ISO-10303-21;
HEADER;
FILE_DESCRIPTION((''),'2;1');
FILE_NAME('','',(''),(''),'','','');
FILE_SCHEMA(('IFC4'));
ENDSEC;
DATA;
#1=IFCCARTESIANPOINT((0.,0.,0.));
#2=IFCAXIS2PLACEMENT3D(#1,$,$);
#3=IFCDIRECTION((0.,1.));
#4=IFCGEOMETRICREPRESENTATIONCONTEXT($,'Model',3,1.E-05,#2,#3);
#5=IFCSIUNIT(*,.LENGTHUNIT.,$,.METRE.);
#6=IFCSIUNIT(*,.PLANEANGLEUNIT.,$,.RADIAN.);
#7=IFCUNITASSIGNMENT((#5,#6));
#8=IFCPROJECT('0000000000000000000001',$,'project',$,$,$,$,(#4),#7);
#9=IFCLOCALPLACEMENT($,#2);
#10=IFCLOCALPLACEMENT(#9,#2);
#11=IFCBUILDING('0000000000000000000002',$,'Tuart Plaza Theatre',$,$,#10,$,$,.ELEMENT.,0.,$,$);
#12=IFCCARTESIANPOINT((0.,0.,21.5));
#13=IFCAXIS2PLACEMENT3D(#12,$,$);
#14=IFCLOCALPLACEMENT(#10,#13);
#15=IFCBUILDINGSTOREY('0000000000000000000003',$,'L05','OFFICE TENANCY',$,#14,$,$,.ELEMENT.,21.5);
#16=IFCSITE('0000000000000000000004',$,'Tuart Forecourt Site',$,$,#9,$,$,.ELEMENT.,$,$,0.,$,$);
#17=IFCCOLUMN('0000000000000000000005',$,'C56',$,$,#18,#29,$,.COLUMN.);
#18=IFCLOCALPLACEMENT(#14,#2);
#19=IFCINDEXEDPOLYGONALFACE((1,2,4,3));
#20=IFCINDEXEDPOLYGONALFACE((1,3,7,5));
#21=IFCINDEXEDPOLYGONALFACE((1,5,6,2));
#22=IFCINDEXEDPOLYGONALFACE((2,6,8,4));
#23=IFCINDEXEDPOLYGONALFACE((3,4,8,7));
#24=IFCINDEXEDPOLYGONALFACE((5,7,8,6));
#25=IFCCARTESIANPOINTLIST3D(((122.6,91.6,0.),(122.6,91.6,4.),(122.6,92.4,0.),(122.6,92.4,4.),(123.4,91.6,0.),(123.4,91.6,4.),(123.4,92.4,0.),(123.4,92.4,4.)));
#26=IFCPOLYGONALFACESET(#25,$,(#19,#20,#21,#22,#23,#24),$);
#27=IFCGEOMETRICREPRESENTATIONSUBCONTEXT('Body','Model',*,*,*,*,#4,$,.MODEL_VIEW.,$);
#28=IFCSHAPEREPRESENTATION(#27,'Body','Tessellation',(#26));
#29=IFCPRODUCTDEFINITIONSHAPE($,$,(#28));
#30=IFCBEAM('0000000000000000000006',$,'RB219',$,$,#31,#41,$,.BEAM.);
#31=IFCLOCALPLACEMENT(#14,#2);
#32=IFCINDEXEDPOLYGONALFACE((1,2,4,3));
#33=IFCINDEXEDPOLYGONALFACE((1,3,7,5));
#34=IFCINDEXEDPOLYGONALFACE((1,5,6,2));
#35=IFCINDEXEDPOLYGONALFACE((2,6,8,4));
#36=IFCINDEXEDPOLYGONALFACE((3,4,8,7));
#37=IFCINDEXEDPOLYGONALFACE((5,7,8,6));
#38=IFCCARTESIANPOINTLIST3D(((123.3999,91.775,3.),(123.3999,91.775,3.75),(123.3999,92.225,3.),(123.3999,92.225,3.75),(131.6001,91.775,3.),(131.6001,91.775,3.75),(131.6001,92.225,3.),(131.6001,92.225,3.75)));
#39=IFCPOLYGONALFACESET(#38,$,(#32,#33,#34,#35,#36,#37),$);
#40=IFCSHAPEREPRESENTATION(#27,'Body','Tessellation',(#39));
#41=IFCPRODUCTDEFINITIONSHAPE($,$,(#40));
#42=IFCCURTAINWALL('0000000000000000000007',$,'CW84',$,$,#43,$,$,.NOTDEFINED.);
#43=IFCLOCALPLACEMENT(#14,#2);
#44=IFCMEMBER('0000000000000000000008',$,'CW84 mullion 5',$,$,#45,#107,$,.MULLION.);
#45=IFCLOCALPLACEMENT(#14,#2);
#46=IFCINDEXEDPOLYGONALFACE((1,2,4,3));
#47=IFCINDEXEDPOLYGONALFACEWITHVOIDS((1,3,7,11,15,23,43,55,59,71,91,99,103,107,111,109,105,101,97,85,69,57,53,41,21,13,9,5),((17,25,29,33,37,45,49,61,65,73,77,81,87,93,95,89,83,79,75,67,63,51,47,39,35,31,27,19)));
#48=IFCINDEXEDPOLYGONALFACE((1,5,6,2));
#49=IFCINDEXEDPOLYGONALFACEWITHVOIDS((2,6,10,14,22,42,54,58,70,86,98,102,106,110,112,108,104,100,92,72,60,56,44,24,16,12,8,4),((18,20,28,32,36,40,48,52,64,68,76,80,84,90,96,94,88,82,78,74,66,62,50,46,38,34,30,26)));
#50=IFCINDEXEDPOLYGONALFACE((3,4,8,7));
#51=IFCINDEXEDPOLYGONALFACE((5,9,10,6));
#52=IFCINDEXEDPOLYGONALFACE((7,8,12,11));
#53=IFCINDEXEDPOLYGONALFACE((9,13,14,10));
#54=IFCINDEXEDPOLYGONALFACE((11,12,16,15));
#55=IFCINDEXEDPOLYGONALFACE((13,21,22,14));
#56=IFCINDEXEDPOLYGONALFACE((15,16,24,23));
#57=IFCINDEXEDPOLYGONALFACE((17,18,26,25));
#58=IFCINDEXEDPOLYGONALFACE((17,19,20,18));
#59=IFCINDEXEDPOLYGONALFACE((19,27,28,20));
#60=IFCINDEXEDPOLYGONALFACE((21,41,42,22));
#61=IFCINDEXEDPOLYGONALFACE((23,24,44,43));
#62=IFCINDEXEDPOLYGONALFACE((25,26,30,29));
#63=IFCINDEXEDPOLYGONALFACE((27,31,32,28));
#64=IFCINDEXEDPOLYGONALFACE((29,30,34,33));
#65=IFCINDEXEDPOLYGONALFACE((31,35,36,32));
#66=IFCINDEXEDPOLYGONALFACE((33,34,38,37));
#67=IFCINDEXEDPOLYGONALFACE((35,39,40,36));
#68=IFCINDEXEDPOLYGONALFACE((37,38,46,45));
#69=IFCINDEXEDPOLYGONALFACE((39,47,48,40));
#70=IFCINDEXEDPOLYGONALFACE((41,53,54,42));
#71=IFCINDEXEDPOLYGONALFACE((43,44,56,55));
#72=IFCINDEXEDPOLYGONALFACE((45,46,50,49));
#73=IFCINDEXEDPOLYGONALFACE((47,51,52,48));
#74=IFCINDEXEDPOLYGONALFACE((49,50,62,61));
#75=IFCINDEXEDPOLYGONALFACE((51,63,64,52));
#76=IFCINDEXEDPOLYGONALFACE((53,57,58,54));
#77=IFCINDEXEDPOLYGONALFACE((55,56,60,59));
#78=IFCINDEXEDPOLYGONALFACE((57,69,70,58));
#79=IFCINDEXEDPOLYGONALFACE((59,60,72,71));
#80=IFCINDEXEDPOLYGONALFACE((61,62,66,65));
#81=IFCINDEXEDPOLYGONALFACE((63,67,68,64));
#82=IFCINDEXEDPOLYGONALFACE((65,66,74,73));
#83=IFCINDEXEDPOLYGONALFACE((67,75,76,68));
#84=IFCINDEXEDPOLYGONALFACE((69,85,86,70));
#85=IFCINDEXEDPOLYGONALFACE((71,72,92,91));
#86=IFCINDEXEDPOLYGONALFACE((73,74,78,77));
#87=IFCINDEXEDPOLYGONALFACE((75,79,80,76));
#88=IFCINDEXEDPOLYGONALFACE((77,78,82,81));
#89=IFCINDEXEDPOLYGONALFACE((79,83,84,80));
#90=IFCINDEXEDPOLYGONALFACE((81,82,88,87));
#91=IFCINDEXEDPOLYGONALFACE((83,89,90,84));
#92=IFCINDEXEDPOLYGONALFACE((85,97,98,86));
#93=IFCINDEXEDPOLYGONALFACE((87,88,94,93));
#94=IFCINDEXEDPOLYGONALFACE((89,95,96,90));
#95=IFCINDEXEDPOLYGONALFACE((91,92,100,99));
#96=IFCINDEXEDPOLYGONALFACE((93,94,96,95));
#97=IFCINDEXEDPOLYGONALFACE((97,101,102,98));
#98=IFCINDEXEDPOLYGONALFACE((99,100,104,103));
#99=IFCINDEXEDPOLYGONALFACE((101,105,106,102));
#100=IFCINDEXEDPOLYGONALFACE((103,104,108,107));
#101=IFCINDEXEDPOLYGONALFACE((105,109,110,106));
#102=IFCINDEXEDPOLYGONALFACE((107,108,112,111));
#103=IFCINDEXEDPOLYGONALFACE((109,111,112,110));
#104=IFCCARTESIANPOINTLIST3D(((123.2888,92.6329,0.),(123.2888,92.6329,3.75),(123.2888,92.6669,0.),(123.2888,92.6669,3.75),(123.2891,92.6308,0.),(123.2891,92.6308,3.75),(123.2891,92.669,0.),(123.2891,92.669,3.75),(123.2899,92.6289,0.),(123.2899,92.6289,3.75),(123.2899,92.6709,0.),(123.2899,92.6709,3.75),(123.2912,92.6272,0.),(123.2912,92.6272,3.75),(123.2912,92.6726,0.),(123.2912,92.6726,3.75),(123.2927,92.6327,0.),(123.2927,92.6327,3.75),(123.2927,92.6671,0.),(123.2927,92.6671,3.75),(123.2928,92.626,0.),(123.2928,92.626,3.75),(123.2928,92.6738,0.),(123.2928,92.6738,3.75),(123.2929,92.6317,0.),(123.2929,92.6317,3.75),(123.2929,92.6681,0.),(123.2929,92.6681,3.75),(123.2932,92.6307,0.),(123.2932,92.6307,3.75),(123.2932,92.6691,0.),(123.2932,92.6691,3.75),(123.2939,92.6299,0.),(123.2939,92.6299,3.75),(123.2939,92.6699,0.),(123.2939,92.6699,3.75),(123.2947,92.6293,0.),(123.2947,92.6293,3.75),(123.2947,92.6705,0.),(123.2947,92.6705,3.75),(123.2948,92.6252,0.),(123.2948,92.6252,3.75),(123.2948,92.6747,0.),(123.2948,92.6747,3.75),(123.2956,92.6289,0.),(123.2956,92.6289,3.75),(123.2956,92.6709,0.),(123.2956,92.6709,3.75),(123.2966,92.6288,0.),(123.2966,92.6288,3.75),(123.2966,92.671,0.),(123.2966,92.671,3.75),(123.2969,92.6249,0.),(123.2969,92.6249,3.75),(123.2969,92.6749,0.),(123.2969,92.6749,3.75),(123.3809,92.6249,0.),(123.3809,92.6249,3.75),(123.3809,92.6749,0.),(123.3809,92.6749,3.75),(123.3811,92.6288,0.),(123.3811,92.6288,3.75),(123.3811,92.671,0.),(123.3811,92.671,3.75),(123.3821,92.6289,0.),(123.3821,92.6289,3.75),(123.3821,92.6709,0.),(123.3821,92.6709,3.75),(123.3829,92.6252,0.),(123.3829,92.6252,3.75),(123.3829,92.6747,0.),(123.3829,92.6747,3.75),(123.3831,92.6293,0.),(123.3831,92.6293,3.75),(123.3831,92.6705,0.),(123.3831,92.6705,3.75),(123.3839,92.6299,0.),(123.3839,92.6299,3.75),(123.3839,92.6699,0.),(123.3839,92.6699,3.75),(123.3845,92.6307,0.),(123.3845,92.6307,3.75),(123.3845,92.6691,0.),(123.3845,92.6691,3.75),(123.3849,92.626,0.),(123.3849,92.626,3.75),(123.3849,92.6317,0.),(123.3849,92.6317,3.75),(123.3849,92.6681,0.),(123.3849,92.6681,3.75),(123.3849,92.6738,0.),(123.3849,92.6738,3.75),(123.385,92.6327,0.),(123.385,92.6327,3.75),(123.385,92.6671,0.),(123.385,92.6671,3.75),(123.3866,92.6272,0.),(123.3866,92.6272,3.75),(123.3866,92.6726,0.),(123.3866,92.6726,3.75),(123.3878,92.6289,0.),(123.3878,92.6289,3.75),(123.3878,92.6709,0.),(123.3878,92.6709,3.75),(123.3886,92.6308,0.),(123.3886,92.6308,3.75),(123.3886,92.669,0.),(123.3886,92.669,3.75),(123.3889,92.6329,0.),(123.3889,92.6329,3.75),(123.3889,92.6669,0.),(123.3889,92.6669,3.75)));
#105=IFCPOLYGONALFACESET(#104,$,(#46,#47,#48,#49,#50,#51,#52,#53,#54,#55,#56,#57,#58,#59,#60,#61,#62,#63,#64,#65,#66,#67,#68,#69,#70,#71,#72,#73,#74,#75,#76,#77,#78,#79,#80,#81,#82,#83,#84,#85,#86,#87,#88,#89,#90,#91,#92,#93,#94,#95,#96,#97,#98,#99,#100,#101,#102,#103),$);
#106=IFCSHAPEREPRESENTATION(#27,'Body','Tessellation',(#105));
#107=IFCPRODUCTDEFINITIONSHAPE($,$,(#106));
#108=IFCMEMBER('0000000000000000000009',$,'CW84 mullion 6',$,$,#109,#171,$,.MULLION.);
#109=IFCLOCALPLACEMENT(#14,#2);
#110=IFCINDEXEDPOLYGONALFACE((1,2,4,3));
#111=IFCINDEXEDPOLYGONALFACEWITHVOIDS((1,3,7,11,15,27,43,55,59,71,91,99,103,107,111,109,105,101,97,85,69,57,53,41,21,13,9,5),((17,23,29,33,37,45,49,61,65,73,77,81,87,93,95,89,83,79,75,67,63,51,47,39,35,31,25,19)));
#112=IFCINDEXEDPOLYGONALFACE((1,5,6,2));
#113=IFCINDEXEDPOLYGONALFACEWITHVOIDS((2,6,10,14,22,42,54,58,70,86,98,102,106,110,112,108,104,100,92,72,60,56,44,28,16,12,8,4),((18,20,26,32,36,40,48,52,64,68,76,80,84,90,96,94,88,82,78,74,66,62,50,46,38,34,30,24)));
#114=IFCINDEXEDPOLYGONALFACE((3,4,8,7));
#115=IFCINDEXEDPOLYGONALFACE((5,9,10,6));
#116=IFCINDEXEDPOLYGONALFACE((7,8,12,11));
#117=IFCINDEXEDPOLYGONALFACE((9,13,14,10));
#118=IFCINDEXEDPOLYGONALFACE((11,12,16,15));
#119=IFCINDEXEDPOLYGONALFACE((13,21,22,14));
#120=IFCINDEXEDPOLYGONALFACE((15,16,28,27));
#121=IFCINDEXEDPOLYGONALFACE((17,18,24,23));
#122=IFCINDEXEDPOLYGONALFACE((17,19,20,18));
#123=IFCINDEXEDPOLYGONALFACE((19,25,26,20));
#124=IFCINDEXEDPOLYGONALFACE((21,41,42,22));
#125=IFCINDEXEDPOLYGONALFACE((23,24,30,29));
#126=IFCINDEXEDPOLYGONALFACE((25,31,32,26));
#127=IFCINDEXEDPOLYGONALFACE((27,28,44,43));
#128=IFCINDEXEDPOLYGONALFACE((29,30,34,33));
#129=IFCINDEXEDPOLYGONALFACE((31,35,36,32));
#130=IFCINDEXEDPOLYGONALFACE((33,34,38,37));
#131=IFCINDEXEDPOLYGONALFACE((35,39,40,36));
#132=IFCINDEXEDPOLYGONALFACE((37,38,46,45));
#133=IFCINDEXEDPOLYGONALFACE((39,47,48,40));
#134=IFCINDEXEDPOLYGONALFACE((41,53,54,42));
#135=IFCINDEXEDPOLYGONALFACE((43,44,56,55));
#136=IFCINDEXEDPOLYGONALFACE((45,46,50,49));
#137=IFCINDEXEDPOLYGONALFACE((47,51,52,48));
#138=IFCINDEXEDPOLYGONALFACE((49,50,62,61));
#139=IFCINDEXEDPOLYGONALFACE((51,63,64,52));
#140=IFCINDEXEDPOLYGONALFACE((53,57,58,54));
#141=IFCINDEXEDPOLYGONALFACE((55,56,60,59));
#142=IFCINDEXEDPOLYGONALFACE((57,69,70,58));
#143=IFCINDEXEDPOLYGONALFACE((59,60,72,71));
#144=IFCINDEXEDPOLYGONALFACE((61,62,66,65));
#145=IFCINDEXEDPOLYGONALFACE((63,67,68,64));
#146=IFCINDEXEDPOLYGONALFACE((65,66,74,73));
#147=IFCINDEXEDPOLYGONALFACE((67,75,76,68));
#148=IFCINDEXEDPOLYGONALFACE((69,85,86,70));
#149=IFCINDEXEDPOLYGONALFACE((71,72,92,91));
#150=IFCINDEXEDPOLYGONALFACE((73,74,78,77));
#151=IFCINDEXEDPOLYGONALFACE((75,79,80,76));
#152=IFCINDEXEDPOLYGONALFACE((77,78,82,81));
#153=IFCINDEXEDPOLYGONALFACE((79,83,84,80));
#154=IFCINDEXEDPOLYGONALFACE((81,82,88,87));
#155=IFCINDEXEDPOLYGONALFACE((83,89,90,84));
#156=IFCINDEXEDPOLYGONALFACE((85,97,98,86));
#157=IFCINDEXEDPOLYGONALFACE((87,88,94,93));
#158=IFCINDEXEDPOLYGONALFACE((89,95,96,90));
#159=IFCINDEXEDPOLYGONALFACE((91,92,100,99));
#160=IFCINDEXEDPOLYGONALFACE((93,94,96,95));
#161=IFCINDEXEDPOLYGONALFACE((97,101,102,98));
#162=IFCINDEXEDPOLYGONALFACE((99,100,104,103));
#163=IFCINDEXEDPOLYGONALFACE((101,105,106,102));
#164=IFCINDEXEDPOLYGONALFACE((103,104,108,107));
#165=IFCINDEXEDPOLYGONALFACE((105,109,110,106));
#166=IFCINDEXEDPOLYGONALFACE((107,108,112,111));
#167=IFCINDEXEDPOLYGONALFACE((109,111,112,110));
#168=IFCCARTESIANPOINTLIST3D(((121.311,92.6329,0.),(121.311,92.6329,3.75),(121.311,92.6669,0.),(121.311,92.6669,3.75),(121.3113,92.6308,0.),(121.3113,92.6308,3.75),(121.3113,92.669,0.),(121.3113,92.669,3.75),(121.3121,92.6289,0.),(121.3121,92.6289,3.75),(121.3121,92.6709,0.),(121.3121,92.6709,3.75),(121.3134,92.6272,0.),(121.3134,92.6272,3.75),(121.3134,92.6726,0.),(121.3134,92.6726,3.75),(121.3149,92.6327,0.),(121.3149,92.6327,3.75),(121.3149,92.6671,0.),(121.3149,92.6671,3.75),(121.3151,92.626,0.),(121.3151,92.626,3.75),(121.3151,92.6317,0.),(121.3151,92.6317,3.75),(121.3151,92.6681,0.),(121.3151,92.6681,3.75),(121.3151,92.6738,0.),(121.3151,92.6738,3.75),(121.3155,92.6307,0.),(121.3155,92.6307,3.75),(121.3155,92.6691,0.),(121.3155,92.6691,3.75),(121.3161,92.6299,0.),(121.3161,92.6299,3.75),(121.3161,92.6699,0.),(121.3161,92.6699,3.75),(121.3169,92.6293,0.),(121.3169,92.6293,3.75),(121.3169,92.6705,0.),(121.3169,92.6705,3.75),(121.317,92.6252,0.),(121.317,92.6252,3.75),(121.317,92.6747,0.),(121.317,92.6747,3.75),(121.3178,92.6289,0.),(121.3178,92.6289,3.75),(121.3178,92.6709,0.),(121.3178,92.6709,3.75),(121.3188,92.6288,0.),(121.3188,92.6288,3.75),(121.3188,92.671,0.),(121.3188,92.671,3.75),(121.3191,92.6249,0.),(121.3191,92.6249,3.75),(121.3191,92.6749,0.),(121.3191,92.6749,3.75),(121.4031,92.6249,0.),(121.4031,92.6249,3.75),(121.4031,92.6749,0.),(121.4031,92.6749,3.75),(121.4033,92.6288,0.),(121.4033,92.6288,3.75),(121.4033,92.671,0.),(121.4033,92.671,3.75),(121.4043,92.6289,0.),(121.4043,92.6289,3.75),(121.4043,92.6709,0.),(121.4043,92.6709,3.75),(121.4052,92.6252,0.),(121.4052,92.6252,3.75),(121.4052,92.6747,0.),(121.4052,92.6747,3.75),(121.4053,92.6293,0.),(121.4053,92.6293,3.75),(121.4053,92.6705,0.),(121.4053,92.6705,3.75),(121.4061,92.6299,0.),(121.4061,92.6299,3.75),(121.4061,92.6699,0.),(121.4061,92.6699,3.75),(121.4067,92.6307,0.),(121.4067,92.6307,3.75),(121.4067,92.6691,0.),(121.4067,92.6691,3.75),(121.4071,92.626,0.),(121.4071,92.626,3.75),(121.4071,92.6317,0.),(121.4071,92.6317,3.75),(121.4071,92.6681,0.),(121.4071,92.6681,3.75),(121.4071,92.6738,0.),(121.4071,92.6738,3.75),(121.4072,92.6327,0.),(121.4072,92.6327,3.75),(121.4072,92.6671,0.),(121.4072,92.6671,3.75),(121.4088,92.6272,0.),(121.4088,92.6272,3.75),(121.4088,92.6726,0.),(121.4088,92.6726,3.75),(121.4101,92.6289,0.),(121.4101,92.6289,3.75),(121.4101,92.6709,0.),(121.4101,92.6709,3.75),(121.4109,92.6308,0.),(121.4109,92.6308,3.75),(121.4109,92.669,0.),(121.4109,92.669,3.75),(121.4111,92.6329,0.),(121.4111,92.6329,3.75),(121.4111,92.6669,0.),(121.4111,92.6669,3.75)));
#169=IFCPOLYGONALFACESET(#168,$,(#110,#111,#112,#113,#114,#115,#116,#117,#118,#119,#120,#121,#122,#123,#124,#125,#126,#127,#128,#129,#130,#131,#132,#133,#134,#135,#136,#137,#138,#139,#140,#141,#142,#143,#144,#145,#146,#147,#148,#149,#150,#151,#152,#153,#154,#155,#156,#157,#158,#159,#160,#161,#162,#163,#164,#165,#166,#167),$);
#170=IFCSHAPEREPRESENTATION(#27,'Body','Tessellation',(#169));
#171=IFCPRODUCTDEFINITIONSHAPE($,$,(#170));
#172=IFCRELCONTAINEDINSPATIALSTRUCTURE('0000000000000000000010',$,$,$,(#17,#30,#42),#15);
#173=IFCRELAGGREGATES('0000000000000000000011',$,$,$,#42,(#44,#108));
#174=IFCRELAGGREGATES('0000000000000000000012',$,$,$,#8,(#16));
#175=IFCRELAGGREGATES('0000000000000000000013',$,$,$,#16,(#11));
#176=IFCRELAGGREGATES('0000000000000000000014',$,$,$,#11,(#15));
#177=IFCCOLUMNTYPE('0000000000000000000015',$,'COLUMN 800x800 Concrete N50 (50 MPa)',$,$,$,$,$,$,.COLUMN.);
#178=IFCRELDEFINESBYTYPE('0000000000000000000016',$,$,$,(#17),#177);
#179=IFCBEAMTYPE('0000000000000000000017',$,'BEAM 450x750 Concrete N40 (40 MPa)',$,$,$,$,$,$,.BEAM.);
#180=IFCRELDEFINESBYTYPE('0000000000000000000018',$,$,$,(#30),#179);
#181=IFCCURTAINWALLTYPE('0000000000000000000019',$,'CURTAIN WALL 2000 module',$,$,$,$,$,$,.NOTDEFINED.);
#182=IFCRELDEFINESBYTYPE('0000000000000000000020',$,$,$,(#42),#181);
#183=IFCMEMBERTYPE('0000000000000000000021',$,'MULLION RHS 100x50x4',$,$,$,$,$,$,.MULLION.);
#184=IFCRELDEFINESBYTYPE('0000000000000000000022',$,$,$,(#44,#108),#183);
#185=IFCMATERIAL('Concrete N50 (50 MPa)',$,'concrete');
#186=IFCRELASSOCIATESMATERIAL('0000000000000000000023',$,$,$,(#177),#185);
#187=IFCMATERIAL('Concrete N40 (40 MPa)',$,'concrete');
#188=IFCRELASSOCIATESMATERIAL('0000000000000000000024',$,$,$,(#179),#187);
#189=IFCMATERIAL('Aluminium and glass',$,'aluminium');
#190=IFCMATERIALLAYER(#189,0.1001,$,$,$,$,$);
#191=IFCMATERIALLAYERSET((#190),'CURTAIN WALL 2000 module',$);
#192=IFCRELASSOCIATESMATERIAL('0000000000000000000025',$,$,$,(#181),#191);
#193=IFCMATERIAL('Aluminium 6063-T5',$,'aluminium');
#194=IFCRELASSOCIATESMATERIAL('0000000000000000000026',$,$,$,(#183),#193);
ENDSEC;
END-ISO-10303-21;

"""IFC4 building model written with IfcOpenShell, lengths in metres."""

from ifc_helpers import new_model, si_unit, direction, frame, origin, origin_2d, place, context, subcontext, project, spatial, rectangle, hollow_rectangle, extrude, material, layer, layer_set, material_profile, profile_set, type_object, element, aggregate, save


model = new_model("IFC4")

# Units and contexts
model_context = context("Model", 3, precision=1e-05, world=origin(), true_north=direction((0.0, 1.0)))
body_context = subcontext(model_context, "Body", "Model", "MODEL_VIEW")
ifc_project = project(units=[si_unit("LENGTHUNIT", "METRE"), si_unit("PLANEANGLEUNIT", "RADIAN")], contexts=[model_context])

# Site, building, storey
site_placement = place(None, origin())
site = spatial("IfcSite", under=ifc_project, at=site_placement, Name="Tuart Forecourt Site", CompositionType="ELEMENT", RefElevation=0.0)
building_placement = place(site_placement, origin())
building = spatial("IfcBuilding", under=site, at=building_placement, Name="Tuart Plaza Theatre", CompositionType="ELEMENT", ElevationOfRefHeight=0.0)
storey_placement = place(building_placement, frame((0.0, 0.0, 21.5)))
storey = spatial("IfcBuildingStorey", under=building, at=storey_placement, Name="L05", Description="OFFICE TENANCY", CompositionType="ELEMENT", Elevation=21.5)

# Column
ifc_material_1 = material(Name="Concrete N50 (50 MPa)", Category="concrete")
ifc_material_profile_1 = material_profile(ifc_material_1, rectangle(XDim=0.8, YDim=0.8, at=origin_2d()), Name="COLUMN 800x800 Concrete N50 (50 MPa)")
ifc_profile_set_1 = profile_set([ifc_material_profile_1], Name="Concrete N50 (50 MPa)")
column_type = type_object("IfcColumnType", Name="COLUMN 800x800 Concrete N50 (50 MPa)", PredefinedType="COLUMN", material=ifc_profile_set_1)
column_placement = place(storey_placement, frame((123.0, 92.0, 0.0), z_axis=(0.0, 0.0, 1.0), x_axis=(1.0, 0.0, 0.0)))
element("IfcColumn", 1, at=column_placement, inside=storey, type_object=column_type, Name="C56", PredefinedType="COLUMN", context=body_context, shape_type="SweptSolid", body=[
    extrude(rectangle(XDim=0.8, YDim=0.8, at=origin_2d()), origin(), (0.0, 0.0, 1.0), 4.0),
])

# Beam
ifc_material_2 = material(Name="Concrete N40 (40 MPa)", Category="concrete")
ifc_material_profile_2 = material_profile(ifc_material_2, rectangle(XDim=0.45, YDim=0.75, at=origin_2d()), Name="BEAM 450x750 Concrete N40 (40 MPa)")
ifc_profile_set_2 = profile_set([ifc_material_profile_2], Name="Concrete N40 (40 MPa)")
beam_type = type_object("IfcBeamType", Name="BEAM 450x750 Concrete N40 (40 MPa)", PredefinedType="BEAM", material=ifc_profile_set_2)
beam_placement = place(storey_placement, frame((123.3999, 92.0, 3.375), z_axis=(1.0, 0.0, 0.0), x_axis=(0.0, 1.0, 0.0)))
element("IfcBeam", 2, at=beam_placement, inside=storey, type_object=beam_type, Name="RB219", PredefinedType="BEAM", context=body_context, shape_type="SweptSolid", body=[
    extrude(rectangle(XDim=0.45, YDim=0.75, at=origin_2d()), origin(), (0.0, 0.0, 1.0), 8.2002),
])

# Curtain wall, members
ifc_material_3 = material(Name="Aluminium and glass", Category="aluminium")
ifc_layer_1 = layer(ifc_material_3, 0.1001)
ifc_layer_set_1 = layer_set([ifc_layer_1], Name="CURTAIN WALL 2000 module")
curtain_wall_type = type_object("IfcCurtainWallType", Name="CURTAIN WALL 2000 module", PredefinedType="NOTDEFINED", material=ifc_layer_set_1)
curtain_wall_placement = place(storey_placement, origin())
curtain_wall = element("IfcCurtainWall", 3, at=curtain_wall_placement, inside=storey, type_object=curtain_wall_type, Name="CW84", PredefinedType="NOTDEFINED")
ifc_material_4 = material(Name="Aluminium 6063-T5", Category="aluminium")
ifc_material_profile_3 = material_profile(ifc_material_4, hollow_rectangle(XDim=0.05, YDim=0.1001, WallThickness=0.0039, InnerFilletRadius=0.0039, OuterFilletRadius=0.0081, at=origin_2d()), Name="RHS 100x50x4")
ifc_profile_set_3 = profile_set([ifc_material_profile_3], Name="Aluminium 6063-T5")
member_type_1 = type_object("IfcMemberType", Name="MULLION RHS 100x50x4", PredefinedType="MULLION", material=ifc_profile_set_3)
member_1_placement = place(storey_placement, frame((123.3389, 92.6499, 0.0), z_axis=(0.0, 0.0, 1.0), x_axis=(0.0, -1.0, 0.0)))
member_1 = element("IfcMember", 4, at=member_1_placement, type_object=member_type_1, Name="CW84 mullion 5", PredefinedType="MULLION", context=body_context, shape_type="SweptSolid", body=[
    extrude(hollow_rectangle(XDim=0.05, YDim=0.1001, WallThickness=0.0039, InnerFilletRadius=0.0039, OuterFilletRadius=0.0081, at=origin_2d()), origin(), (0.0, 0.0, 1.0), 3.75),
])
member_2_placement = place(storey_placement, frame((121.3611, 92.6499, 0.0), z_axis=(0.0, 0.0, 1.0), x_axis=(0.0, -1.0, 0.0)))
member_2 = element("IfcMember", 5, at=member_2_placement, type_object=member_type_1, Name="CW84 mullion 6", PredefinedType="MULLION", context=body_context, shape_type="SweptSolid", body=[
    extrude(hollow_rectangle(XDim=0.05, YDim=0.1001, WallThickness=0.0039, InnerFilletRadius=0.0039, OuterFilletRadius=0.0081, at=origin_2d()), origin(), (0.0, 0.0, 1.0), 3.75),
])
aggregate(curtain_wall, [member_1, member_2])

save(model, "model.ifc")
